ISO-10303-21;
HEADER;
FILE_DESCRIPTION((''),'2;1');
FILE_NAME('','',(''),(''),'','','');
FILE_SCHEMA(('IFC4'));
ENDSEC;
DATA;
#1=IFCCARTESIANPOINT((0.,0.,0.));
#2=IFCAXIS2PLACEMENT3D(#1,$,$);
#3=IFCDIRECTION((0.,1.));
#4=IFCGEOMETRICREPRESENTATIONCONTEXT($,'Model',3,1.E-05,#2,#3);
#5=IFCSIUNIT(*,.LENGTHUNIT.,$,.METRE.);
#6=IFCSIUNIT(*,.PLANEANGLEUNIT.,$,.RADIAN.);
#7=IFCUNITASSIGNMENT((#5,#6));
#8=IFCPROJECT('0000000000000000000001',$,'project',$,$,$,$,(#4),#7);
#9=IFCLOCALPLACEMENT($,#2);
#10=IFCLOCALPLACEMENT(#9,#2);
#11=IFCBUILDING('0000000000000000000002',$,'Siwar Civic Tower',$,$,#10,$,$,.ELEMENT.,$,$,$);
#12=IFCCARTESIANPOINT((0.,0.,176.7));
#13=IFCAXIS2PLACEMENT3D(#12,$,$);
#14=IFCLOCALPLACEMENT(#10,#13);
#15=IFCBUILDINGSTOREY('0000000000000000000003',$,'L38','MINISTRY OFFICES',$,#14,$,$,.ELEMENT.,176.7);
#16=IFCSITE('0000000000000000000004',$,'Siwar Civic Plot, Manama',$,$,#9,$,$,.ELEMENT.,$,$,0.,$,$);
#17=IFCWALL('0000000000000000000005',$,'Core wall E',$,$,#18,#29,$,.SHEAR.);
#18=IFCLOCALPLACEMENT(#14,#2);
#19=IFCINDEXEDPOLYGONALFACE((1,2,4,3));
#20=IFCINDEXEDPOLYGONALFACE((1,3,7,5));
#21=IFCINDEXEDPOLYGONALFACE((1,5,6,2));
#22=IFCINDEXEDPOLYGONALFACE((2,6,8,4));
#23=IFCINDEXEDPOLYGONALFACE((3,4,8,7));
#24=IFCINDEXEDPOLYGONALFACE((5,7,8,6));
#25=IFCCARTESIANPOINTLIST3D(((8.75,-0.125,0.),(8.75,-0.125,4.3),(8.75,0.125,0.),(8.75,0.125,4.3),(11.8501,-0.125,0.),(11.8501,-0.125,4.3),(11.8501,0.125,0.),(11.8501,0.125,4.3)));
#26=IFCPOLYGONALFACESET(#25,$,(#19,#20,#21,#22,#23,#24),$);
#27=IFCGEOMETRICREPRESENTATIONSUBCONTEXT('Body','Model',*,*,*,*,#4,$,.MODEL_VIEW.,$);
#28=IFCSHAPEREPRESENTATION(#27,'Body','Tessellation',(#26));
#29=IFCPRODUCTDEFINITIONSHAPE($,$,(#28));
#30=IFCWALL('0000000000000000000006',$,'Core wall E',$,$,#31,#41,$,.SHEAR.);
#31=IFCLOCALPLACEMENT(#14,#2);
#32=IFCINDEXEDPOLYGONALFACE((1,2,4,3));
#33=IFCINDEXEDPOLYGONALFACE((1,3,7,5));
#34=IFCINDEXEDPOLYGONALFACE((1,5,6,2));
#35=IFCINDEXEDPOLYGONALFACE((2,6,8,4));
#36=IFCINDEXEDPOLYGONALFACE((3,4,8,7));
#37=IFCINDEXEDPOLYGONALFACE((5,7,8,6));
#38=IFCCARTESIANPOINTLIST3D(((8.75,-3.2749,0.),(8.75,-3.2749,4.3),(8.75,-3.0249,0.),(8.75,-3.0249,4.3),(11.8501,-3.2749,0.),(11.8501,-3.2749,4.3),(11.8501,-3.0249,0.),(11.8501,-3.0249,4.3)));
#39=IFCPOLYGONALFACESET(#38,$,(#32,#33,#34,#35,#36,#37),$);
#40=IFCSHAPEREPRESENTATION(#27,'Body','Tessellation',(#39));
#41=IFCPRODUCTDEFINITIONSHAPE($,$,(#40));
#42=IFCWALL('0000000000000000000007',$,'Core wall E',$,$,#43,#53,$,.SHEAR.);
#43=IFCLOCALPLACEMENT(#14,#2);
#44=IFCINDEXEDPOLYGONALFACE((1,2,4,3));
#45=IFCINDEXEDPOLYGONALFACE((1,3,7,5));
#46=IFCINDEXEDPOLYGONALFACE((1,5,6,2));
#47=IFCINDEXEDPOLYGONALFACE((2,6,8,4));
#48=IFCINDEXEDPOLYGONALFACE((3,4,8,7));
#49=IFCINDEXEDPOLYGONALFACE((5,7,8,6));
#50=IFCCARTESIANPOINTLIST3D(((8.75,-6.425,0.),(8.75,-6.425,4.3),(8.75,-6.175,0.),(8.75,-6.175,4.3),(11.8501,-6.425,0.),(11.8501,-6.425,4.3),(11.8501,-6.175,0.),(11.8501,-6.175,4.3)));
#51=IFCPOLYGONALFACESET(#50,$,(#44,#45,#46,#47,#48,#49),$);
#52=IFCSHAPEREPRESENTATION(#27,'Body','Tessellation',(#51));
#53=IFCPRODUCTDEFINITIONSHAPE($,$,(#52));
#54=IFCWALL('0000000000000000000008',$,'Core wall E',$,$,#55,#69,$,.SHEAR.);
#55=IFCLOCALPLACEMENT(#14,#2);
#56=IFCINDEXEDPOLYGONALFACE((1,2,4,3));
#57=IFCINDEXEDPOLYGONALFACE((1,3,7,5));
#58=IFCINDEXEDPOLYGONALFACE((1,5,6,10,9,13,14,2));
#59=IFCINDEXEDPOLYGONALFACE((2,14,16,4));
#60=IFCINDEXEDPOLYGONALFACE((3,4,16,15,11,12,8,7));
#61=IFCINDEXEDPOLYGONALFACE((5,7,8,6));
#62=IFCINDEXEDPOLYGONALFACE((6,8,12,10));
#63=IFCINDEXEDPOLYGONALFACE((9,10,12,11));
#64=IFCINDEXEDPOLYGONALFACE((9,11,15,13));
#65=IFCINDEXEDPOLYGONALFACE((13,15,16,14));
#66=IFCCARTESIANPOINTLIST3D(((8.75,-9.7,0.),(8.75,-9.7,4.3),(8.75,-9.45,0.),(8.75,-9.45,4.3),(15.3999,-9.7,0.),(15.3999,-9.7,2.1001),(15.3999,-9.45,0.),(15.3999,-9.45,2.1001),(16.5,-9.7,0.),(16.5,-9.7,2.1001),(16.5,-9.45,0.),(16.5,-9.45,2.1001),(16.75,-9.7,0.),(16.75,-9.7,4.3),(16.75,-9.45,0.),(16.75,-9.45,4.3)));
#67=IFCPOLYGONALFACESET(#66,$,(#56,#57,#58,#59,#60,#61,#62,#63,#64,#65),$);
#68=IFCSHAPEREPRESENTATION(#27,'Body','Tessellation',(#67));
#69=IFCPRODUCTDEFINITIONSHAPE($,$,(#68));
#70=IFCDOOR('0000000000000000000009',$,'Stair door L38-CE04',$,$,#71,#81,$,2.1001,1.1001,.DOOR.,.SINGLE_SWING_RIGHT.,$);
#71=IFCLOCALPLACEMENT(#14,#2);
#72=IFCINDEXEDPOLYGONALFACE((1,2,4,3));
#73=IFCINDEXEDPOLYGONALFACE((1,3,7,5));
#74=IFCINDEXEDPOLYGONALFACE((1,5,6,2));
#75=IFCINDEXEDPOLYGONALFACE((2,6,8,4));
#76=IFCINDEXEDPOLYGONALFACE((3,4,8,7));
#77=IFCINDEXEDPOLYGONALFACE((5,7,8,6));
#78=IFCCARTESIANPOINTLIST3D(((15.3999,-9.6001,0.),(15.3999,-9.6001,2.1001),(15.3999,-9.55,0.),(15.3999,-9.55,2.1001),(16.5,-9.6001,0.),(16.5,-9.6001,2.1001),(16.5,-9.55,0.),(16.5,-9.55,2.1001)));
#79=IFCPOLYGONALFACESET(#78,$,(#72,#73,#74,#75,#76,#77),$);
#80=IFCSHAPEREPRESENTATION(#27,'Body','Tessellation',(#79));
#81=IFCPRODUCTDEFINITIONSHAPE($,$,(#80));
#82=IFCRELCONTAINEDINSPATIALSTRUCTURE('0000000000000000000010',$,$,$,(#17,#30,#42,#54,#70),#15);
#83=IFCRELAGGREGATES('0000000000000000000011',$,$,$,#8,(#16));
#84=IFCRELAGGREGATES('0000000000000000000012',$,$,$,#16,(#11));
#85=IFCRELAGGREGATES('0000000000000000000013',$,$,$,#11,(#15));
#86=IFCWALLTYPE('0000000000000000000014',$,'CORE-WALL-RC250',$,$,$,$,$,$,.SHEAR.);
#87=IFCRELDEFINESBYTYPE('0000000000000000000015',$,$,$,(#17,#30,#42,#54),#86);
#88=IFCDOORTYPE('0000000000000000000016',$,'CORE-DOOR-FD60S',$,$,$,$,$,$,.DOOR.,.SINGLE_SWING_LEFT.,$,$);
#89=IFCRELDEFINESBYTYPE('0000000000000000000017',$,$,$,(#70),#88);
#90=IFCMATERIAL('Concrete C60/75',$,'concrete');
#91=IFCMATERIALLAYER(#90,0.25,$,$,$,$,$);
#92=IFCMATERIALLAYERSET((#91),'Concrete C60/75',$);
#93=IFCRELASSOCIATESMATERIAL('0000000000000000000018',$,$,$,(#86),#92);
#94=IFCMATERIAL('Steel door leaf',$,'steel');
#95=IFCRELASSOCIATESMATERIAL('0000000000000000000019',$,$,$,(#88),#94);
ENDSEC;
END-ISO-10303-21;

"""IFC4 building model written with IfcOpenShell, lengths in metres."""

from ifc_helpers import new_model, si_unit, direction, frame, frame_2d, origin, place, context, subcontext, project, spatial, rectangle, extrude, material, layer, layer_set, type_object, element, fill, save


model = new_model("IFC4")

# Units and contexts
model_context = context("Model", 3, precision=1e-05, world=origin(), true_north=direction((0.0, 1.0)))
body_context = subcontext(model_context, "Body", "Model", "MODEL_VIEW")
ifc_project = project(units=[si_unit("LENGTHUNIT", "METRE"), si_unit("PLANEANGLEUNIT", "RADIAN")], contexts=[model_context])

# Site, building, storey
site_placement = place(None, origin())
site = spatial("IfcSite", under=ifc_project, at=site_placement, Name="Siwar Civic Plot, Manama", CompositionType="ELEMENT", RefElevation=0.0)
building_placement = place(site_placement, origin())
building = spatial("IfcBuilding", under=site, at=building_placement, Name="Siwar Civic Tower", CompositionType="ELEMENT")
storey_placement = place(building_placement, frame((0.0, 0.0, 176.7)))
storey = spatial("IfcBuildingStorey", under=building, at=storey_placement, Name="L38", Description="MINISTRY OFFICES", CompositionType="ELEMENT", Elevation=176.7)

# Shared definitions
ifc_material_1 = material(Name="Concrete C60/75", Category="concrete")
ifc_layer_1 = layer(ifc_material_1, 0.25)
ifc_layer_set_1 = layer_set([ifc_layer_1], Name="Concrete C60/75")
wall_type_1 = type_object("IfcWallType", Name="CORE-WALL-RC250", PredefinedType="SHEAR", material=ifc_layer_set_1)

# Walls
for number, where, z_axis, x_axis, name in (
    (1, (8.75, 0.0, 0.0), (0.0, 0.0, 1.0), (1.0, 0.0, 0.0), "Core wall E"),
    (2, (8.75, -3.1499, 0.0), (0.0, 0.0, 1.0), (1.0, 0.0, 0.0), "Core wall E"),
    (3, (8.75, -6.3, 0.0), (0.0, 0.0, 1.0), (1.0, 0.0, 0.0), "Core wall E"),
):
    element("IfcWall", number, at=place(storey_placement, frame(where, z_axis=z_axis, x_axis=x_axis)), inside=storey, type_object=wall_type_1, Name=name, PredefinedType="SHEAR", context=body_context, shape_type="SweptSolid", body=[
        extrude(rectangle(XDim=3.1001, YDim=0.25, at=frame_2d((1.55, 0.0))), origin(), (0.0, 0.0, 1.0), 4.3),
    ])

# Wall, opening, door
wall_1_placement = place(storey_placement, frame((8.75, -9.575, 0.0), z_axis=(0.0, 0.0, 1.0), x_axis=(1.0, 0.0, 0.0)))
wall_1 = element("IfcWall", 4, at=wall_1_placement, inside=storey, type_object=wall_type_1, Name="Core wall E", PredefinedType="SHEAR", context=body_context, shape_type="SweptSolid", body=[
    extrude(rectangle(XDim=8.0, YDim=0.25, at=frame_2d((4.0, 0.0))), origin(), (0.0, 0.0, 1.0), 4.3),
])
opening_1_placement = place(wall_1_placement, frame((6.6499, 0.0, 0.0)))
opening_1 = element("IfcOpeningElement", 5, at=opening_1_placement, cuts=wall_1, PredefinedType="OPENING", context=body_context, shape_type="SweptSolid", body=[
    extrude(rectangle(XDim=1.1001, YDim=2.1001, at=frame_2d((0.55, 1.05))), frame((0.0, 0.135, 0.0), z_axis=(0.0, -1.0, 0.0), x_axis=(1.0, 0.0, 0.0)), (0.0, 0.0, 1.0), 0.27),
])
ifc_material_2 = material(Name="Steel door leaf", Category="steel")
door_type_1 = type_object("IfcDoorType", Name="CORE-DOOR-FD60S", OperationType="SINGLE_SWING_LEFT", PredefinedType="DOOR", material=ifc_material_2)
door_1_placement = place(opening_1_placement, origin())
door_1 = element("IfcDoor", 6, at=door_1_placement, inside=storey, type_object=door_type_1, Name="Stair door L38-CE04", OperationType="SINGLE_SWING_RIGHT", OverallHeight=2.1001, OverallWidth=1.1001, PredefinedType="DOOR", context=body_context, shape_type="SweptSolid", body=[
    extrude(rectangle(XDim=1.1001, YDim=2.1001, at=frame_2d((0.55, 1.05))), frame((0.0, 0.0249, 0.0), z_axis=(0.0, -1.0, 0.0), x_axis=(1.0, 0.0, 0.0)), (0.0, 0.0, 1.0), 0.05),
])
fill(opening_1, door_1)

save(model, "model.ifc")
